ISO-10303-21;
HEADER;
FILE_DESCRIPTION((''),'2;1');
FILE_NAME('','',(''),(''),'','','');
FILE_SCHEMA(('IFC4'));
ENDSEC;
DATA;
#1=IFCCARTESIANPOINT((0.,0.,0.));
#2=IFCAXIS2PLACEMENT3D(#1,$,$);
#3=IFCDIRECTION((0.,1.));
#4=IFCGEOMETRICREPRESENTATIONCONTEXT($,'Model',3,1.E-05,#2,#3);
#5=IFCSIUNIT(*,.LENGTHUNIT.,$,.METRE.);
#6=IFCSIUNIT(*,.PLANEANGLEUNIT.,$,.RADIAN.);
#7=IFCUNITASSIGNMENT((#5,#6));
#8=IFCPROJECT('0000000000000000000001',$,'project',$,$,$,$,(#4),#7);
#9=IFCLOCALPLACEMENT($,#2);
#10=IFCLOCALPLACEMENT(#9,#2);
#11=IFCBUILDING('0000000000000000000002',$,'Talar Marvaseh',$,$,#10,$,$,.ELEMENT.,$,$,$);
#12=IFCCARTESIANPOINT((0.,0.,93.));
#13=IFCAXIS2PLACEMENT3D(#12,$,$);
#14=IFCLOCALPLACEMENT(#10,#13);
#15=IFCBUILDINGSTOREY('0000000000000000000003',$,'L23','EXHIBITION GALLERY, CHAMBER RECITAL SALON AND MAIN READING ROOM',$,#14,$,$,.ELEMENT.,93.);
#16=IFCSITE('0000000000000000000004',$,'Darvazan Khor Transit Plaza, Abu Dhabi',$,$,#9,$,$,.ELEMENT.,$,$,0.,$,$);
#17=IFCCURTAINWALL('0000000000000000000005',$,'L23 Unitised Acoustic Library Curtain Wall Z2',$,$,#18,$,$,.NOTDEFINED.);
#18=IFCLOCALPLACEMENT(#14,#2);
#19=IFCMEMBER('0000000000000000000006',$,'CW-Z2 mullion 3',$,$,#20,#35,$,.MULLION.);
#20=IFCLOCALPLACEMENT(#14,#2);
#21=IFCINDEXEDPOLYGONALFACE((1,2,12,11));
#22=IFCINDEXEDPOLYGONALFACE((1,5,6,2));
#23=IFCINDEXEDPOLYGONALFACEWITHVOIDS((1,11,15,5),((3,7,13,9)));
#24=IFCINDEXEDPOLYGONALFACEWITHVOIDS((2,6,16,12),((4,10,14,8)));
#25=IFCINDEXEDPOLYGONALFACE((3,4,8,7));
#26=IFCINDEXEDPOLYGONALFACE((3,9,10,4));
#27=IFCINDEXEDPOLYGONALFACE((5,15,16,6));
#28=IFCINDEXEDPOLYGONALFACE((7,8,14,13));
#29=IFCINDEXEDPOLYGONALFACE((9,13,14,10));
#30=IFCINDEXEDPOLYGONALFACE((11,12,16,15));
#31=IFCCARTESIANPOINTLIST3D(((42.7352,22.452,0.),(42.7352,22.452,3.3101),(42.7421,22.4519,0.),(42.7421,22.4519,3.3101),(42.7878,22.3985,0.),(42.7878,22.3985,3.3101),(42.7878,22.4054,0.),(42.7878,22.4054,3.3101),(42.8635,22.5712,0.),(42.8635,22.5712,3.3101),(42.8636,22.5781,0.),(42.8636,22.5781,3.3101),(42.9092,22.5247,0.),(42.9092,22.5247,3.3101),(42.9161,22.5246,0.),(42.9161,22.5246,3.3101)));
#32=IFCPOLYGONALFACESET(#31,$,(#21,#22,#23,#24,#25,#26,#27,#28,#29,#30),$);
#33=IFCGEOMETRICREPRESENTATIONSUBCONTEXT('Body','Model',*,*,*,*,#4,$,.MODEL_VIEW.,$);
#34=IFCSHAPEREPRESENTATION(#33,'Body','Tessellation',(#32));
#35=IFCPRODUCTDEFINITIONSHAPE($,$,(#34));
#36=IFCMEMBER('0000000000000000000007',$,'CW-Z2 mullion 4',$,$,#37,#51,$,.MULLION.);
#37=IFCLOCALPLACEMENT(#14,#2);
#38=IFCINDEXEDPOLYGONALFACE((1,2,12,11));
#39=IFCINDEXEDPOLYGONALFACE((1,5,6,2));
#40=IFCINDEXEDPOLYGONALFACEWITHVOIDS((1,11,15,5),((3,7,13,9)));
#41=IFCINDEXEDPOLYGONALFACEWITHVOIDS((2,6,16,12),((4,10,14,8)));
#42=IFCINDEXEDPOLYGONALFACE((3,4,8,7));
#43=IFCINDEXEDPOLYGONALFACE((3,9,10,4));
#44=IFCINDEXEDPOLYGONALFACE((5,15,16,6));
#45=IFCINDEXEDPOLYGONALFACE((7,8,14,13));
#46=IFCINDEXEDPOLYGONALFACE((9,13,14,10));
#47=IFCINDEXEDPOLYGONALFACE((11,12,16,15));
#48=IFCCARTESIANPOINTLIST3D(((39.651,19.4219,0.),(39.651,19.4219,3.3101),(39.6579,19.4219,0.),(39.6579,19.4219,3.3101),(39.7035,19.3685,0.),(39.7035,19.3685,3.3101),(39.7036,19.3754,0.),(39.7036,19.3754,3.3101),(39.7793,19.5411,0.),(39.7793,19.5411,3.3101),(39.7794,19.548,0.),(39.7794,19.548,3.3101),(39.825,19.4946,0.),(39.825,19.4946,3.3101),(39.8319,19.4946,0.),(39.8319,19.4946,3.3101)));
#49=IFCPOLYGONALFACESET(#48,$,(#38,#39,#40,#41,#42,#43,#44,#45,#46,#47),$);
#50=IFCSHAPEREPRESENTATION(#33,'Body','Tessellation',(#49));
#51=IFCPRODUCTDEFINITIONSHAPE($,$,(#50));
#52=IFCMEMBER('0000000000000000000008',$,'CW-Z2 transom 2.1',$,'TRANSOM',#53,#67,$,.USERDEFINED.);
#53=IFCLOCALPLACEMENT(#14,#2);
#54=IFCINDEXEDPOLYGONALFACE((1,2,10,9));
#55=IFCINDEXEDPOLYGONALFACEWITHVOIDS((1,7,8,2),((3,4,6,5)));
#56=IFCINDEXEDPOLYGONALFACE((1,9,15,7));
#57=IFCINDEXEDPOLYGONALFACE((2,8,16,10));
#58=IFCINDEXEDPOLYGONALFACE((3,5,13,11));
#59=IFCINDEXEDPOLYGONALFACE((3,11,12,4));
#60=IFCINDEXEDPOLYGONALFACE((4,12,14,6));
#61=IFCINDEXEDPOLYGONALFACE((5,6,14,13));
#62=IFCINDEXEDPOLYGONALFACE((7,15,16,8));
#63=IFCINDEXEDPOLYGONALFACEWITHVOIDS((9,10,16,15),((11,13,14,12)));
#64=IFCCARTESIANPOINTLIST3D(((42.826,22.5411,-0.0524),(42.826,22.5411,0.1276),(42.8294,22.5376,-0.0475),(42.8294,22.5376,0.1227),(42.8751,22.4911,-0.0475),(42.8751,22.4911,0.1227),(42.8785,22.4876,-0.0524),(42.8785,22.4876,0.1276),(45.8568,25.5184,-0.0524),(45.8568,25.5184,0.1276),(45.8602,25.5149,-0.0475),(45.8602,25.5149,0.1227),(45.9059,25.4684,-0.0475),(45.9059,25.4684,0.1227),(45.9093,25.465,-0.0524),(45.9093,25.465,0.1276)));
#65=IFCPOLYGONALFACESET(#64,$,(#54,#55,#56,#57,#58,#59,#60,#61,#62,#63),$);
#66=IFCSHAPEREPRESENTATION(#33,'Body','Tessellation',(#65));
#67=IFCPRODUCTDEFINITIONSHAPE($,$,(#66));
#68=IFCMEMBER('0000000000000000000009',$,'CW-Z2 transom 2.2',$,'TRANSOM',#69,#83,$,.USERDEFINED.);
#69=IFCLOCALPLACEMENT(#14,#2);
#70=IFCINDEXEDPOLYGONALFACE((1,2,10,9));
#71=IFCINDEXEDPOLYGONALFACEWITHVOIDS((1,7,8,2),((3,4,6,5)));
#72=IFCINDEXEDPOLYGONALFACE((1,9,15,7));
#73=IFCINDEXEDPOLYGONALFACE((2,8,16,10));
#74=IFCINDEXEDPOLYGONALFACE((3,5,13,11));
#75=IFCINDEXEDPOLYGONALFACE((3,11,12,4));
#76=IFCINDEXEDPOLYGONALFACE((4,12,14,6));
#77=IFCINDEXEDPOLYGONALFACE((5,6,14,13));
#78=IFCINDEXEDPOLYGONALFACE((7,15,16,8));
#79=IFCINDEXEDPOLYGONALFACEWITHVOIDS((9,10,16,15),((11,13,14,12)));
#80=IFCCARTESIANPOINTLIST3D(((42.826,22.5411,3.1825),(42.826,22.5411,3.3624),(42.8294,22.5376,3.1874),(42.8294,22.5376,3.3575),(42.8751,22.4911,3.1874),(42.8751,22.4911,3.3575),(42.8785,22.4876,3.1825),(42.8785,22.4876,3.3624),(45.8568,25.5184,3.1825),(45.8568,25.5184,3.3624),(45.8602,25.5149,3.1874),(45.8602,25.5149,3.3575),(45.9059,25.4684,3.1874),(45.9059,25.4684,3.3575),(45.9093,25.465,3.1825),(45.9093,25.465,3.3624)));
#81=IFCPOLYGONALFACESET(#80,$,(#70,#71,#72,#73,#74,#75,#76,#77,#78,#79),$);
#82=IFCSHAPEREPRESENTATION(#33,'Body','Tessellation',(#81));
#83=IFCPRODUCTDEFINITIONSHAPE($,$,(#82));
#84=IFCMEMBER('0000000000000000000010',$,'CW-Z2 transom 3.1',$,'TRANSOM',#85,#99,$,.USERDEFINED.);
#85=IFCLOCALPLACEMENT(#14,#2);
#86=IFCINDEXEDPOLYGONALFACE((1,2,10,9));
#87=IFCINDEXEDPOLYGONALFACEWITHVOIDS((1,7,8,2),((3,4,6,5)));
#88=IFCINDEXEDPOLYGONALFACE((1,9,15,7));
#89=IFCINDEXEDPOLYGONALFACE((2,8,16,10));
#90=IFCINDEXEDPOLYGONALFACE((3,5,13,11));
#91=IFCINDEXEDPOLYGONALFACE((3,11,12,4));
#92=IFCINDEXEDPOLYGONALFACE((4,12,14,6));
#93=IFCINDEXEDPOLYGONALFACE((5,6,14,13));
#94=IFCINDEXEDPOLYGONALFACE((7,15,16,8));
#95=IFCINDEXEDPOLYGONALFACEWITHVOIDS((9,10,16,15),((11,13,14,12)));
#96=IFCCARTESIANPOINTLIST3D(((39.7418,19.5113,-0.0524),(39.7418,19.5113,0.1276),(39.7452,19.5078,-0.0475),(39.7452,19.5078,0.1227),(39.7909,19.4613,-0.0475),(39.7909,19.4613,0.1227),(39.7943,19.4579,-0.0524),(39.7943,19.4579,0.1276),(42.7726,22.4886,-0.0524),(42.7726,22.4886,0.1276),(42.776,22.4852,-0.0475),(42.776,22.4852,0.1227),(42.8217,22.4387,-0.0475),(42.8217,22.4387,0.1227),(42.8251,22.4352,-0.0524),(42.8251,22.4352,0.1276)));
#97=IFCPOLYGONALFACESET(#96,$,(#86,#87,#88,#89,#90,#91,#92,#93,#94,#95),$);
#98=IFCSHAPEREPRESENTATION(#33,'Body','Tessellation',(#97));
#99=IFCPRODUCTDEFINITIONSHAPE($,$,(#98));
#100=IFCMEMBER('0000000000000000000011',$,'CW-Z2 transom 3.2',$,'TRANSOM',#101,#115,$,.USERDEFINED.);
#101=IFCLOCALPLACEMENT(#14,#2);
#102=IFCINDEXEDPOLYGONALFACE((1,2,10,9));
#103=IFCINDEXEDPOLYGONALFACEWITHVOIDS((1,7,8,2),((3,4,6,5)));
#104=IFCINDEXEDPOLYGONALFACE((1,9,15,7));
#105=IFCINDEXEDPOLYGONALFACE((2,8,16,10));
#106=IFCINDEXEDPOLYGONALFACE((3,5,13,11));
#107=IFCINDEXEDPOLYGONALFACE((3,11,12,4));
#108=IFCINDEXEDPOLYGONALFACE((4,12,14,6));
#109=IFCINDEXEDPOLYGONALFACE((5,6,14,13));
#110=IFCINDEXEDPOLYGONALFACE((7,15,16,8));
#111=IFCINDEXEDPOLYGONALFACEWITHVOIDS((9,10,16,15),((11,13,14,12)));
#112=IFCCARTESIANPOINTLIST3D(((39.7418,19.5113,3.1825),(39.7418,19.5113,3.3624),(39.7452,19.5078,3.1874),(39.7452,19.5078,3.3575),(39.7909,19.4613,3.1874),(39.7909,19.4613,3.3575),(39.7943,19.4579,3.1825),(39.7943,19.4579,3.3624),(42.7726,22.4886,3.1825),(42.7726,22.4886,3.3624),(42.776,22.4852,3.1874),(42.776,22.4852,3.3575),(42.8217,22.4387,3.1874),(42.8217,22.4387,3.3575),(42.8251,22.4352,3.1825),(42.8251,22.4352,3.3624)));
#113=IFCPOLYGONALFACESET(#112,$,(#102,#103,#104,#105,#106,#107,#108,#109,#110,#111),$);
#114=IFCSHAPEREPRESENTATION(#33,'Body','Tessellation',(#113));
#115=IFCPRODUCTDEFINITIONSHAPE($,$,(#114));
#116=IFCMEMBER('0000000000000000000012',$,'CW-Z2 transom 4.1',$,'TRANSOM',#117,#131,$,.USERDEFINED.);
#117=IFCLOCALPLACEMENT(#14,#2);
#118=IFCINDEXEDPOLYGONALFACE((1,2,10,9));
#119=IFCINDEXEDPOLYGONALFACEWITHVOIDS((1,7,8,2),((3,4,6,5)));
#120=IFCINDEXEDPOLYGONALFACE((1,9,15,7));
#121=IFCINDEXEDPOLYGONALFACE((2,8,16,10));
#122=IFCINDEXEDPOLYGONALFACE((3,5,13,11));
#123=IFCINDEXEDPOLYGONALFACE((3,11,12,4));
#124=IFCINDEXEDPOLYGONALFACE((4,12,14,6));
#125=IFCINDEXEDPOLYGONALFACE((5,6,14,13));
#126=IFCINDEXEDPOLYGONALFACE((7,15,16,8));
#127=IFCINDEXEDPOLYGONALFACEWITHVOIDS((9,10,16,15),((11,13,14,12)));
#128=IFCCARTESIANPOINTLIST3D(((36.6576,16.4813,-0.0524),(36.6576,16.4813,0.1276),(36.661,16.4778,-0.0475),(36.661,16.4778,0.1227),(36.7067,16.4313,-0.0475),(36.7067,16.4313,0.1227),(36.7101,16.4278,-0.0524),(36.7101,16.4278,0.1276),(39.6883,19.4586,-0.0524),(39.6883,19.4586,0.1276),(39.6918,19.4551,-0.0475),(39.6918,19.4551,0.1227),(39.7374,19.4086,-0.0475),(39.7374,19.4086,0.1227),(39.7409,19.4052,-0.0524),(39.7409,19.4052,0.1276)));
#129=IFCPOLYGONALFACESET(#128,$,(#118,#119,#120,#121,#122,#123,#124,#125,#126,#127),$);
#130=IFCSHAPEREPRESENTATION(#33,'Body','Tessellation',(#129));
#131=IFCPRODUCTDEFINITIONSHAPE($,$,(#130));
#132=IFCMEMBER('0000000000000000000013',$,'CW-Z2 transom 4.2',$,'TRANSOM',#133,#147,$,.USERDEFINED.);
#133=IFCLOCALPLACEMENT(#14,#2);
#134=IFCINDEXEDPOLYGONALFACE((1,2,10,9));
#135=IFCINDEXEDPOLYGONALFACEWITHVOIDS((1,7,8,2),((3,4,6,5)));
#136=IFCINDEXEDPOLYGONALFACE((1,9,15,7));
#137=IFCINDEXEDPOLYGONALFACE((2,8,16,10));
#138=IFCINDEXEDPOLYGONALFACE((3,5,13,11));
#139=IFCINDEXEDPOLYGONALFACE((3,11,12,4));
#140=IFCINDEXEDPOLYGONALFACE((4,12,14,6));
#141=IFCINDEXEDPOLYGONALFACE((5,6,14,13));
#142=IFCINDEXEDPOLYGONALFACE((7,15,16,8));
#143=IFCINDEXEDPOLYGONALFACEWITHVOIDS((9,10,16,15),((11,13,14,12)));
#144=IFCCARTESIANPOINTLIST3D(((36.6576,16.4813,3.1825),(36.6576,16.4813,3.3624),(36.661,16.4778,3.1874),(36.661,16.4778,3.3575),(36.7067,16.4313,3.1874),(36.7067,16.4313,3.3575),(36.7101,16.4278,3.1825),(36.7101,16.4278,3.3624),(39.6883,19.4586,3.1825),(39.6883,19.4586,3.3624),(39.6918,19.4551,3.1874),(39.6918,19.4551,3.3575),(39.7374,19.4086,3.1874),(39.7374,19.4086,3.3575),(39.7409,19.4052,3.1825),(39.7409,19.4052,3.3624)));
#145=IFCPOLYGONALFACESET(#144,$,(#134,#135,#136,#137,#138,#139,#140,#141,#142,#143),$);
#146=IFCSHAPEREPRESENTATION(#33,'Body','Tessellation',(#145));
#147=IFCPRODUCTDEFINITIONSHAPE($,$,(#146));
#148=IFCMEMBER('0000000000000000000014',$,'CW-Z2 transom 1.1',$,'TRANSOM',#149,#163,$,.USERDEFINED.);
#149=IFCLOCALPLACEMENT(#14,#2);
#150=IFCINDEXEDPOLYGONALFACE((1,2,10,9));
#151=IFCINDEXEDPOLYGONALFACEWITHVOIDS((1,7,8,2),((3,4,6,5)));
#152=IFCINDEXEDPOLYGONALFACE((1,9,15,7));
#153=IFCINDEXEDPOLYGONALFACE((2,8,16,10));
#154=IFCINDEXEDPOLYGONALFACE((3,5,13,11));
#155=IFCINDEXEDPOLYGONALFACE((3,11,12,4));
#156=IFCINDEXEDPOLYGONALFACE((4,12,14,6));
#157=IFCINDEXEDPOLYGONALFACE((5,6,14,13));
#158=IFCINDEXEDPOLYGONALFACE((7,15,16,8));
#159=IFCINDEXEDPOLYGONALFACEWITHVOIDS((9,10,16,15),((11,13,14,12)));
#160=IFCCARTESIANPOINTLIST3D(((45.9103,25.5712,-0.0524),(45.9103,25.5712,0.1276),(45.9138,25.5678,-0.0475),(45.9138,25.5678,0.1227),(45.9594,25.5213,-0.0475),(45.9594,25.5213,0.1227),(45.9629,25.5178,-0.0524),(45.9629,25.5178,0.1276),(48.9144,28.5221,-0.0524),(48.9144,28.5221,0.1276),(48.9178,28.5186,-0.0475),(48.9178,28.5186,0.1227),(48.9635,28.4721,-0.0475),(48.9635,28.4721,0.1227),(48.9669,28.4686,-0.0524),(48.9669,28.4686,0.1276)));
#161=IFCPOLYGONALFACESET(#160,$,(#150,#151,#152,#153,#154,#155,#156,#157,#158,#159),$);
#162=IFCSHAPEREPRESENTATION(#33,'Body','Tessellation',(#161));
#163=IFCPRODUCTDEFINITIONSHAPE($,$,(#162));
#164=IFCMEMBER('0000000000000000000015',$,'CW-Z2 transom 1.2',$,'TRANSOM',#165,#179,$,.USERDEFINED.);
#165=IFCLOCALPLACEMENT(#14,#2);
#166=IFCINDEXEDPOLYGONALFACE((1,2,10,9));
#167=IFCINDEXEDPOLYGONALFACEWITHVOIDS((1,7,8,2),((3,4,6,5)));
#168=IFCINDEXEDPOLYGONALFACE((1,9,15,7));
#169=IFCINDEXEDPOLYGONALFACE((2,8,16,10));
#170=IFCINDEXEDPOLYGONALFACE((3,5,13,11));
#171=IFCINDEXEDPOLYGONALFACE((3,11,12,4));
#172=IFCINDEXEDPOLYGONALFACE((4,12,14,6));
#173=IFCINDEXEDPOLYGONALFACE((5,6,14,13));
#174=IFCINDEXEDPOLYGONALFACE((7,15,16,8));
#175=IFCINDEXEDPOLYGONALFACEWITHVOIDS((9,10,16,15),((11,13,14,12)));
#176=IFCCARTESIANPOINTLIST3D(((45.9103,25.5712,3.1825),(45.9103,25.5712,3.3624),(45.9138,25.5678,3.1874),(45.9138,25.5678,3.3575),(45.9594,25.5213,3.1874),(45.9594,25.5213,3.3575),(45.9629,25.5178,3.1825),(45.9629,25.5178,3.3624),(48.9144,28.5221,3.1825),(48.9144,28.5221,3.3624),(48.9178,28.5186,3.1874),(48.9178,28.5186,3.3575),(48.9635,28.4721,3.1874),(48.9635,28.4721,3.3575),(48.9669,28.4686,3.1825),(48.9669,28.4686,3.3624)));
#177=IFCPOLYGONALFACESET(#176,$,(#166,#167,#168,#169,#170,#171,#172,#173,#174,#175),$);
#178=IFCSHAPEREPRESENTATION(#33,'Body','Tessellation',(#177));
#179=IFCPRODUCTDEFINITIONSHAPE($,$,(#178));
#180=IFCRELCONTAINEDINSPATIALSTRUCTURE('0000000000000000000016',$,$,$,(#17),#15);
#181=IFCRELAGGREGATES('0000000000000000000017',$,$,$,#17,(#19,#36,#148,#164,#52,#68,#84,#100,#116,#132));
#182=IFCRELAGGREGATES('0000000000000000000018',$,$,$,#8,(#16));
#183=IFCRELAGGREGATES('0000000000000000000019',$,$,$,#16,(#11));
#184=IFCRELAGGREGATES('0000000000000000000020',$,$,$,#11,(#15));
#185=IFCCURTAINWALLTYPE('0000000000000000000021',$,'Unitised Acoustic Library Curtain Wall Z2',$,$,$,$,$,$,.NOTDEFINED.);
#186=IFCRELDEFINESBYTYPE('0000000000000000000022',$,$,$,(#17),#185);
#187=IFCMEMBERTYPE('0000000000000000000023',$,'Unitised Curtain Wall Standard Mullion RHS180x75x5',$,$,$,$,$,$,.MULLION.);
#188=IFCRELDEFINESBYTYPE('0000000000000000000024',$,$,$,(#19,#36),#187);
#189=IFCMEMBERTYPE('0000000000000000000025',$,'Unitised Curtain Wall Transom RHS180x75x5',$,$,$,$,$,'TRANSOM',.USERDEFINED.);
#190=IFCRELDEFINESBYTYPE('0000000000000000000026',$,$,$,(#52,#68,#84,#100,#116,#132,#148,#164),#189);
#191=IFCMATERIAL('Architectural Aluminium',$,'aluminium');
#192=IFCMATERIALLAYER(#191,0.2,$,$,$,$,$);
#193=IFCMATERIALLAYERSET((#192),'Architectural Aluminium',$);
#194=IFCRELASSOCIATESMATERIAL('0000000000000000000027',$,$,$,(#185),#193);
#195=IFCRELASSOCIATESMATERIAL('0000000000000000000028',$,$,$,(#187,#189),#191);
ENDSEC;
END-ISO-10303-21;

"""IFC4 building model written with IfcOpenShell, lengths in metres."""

from ifc_helpers import new_model, si_unit, direction, frame, origin, origin_2d, place, context, subcontext, project, spatial, hollow_rectangle, extrude, source, transform, mapped, material, layer, layer_set, material_profile, profile_set, type_object, type_shapes, element, aggregate, save


model = new_model("IFC4")

# Units and contexts
model_context = context("Model", 3, precision=1e-05, world=origin(), true_north=direction((0.0, 1.0)))
body_context = subcontext(model_context, "Body", "Model", "MODEL_VIEW")
ifc_project = project(units=[si_unit("LENGTHUNIT", "METRE"), si_unit("PLANEANGLEUNIT", "RADIAN")], contexts=[model_context])

# Site, building, storey
site_placement = place(None, origin())
site = spatial("IfcSite", under=ifc_project, at=site_placement, Name="Darvazan Khor Transit Plaza, Abu Dhabi", CompositionType="ELEMENT", RefElevation=0.0)
building_placement = place(site_placement, origin())
building = spatial("IfcBuilding", under=site, at=building_placement, Name="Talar Marvaseh", CompositionType="ELEMENT")
storey_placement = place(building_placement, frame((0.0, 0.0, 93.0)))
storey = spatial("IfcBuildingStorey", under=building, at=storey_placement, Name="L23", Description="EXHIBITION GALLERY, CHAMBER RECITAL SALON AND MAIN READING ROOM", CompositionType="ELEMENT", Elevation=93.0)

# Curtain wall, members
ifc_material_1 = material(Name="Architectural Aluminium", Category="aluminium")
ifc_layer_1 = layer(ifc_material_1, 0.2)
ifc_layer_set_1 = layer_set([ifc_layer_1], Name="Architectural Aluminium")
curtain_wall_type = type_object("IfcCurtainWallType", Name="Unitised Acoustic Library Curtain Wall Z2", PredefinedType="NOTDEFINED", material=ifc_layer_set_1)
curtain_wall_placement = place(storey_placement, origin())
curtain_wall = element("IfcCurtainWall", 1, at=curtain_wall_placement, inside=storey, type_object=curtain_wall_type, Name="L23 Unitised Acoustic Library Curtain Wall Z2", PredefinedType="NOTDEFINED")
ifc_material_profile_1 = material_profile(ifc_material_1, hollow_rectangle(XDim=0.075, YDim=0.1799, WallThickness=0.0049, at=origin_2d()), Name="RHS180x75x5")
ifc_profile_set_1 = profile_set([ifc_material_profile_1], Name="Architectural Aluminium")
member_type_1 = type_object("IfcMemberType", Name="Unitised Curtain Wall Standard Mullion RHS180x75x5", PredefinedType="MULLION", material=ifc_profile_set_1)
shared_shape_1 = source(origin(), body_context, "Body", "SweptSolid", [
    extrude(hollow_rectangle(XDim=0.075, YDim=0.1799, WallThickness=0.0049, at=origin_2d()), origin(), (0.0, 0.0, 1.0), 3.3101),
])
type_shapes(member_type_1, [shared_shape_1])
member_1_placement = place(storey_placement, frame((42.8257, 22.4883, 0.0), z_axis=(0.0, 0.0, 1.0), x_axis=(0.700797, -0.713361, 0.0)))
member_1 = element("IfcMember", 2, at=member_1_placement, type_object=member_type_1, Name="CW-Z2 mullion 3", PredefinedType="MULLION", context=body_context, shape_type="MappedRepresentation", body=[
    mapped(shared_shape_1, transform((0.0, 0.0, 0.0), x_axis=(1.0, 0.0, 0.0), y_axis=(0.0, 1.0, 0.0), z_axis=(0.0, 0.0, 1.0), scale=1.0)),
])
member_2_placement = place(storey_placement, frame((39.7415, 19.4583, 0.0), z_axis=(0.0, 0.0, 1.0), x_axis=(0.700797, -0.713361, 0.0)))
member_2 = element("IfcMember", 3, at=member_2_placement, type_object=member_type_1, Name="CW-Z2 mullion 4", PredefinedType="MULLION", context=body_context, shape_type="MappedRepresentation", body=[
    mapped(shared_shape_1, transform((0.0, 0.0, 0.0), x_axis=(1.0, 0.0, 0.0), y_axis=(0.0, 1.0, 0.0), z_axis=(0.0, 0.0, 1.0), scale=1.0)),
])
ifc_material_profile_2 = material_profile(ifc_material_1, hollow_rectangle(XDim=0.075, YDim=0.1799, WallThickness=0.0049, at=origin_2d()), Name="RHS180x75x5")
ifc_profile_set_2 = profile_set([ifc_material_profile_2], Name="Architectural Aluminium")
member_type_2 = type_object("IfcMemberType", Name="Unitised Curtain Wall Transom RHS180x75x5", ElementType="TRANSOM", PredefinedType="USERDEFINED", material=ifc_profile_set_2)
shared_shape_2 = source(origin(), body_context, "Body", "SweptSolid", [
    extrude(hollow_rectangle(XDim=0.075, YDim=0.1799, WallThickness=0.0049, at=origin_2d()), origin(), (0.0, 0.0, 1.0), 4.2485),
])
member_3_placement = place(storey_placement, frame((45.8831, 25.4917, 0.0376), z_axis=(-0.713371, -0.700786, 0.0), x_axis=(0.700786, -0.713371, 0.0)))
member_3 = element("IfcMember", 4, at=member_3_placement, type_object=member_type_2, Name="CW-Z2 transom 2.1", ObjectType="TRANSOM", PredefinedType="USERDEFINED", context=body_context, shape_type="MappedRepresentation", body=[
    mapped(shared_shape_2, transform((0.0, 0.0, 0.0), x_axis=(1.0, 0.0, 0.0), y_axis=(0.0, 1.0, 0.0), z_axis=(0.0, 0.0, 1.0), scale=1.0)),
])
member_4_placement = place(storey_placement, frame((45.8831, 25.4917, 3.2725), z_axis=(-0.713371, -0.700786, 0.0), x_axis=(0.700786, -0.713371, 0.0)))
member_4 = element("IfcMember", 5, at=member_4_placement, type_object=member_type_2, Name="CW-Z2 transom 2.2", ObjectType="TRANSOM", PredefinedType="USERDEFINED", context=body_context, shape_type="MappedRepresentation", body=[
    mapped(shared_shape_2, transform((0.0, 0.0, 0.0), x_axis=(1.0, 0.0, 0.0), y_axis=(0.0, 1.0, 0.0), z_axis=(0.0, 0.0, 1.0), scale=1.0)),
])
member_5_placement = place(storey_placement, frame((42.7988, 22.4619, 0.0376), z_axis=(-0.713371, -0.700786, 0.0), x_axis=(0.700786, -0.713371, 0.0)))
member_5 = element("IfcMember", 6, at=member_5_placement, type_object=member_type_2, Name="CW-Z2 transom 3.1", ObjectType="TRANSOM", PredefinedType="USERDEFINED", context=body_context, shape_type="MappedRepresentation", body=[
    mapped(shared_shape_2, transform((0.0, 0.0, 0.0), x_axis=(1.0, 0.0, 0.0), y_axis=(0.0, 1.0, 0.0), z_axis=(0.0, 0.0, 1.0), scale=1.0)),
])
member_6_placement = place(storey_placement, frame((42.7988, 22.4619, 3.2725), z_axis=(-0.713371, -0.700786, 0.0), x_axis=(0.700786, -0.713371, 0.0)))
member_6 = element("IfcMember", 7, at=member_6_placement, type_object=member_type_2, Name="CW-Z2 transom 3.2", ObjectType="TRANSOM", PredefinedType="USERDEFINED", context=body_context, shape_type="MappedRepresentation", body=[
    mapped(shared_shape_2, transform((0.0, 0.0, 0.0), x_axis=(1.0, 0.0, 0.0), y_axis=(0.0, 1.0, 0.0), z_axis=(0.0, 0.0, 1.0), scale=1.0)),
])
member_7_placement = place(storey_placement, frame((39.7146, 19.4319, 0.0376), z_axis=(-0.713371, -0.700786, 0.0), x_axis=(0.700786, -0.713371, 0.0)))
member_7 = element("IfcMember", 8, at=member_7_placement, type_object=member_type_2, Name="CW-Z2 transom 4.1", ObjectType="TRANSOM", PredefinedType="USERDEFINED", context=body_context, shape_type="MappedRepresentation", body=[
    mapped(shared_shape_2, transform((0.0, 0.0, 0.0), x_axis=(1.0, 0.0, 0.0), y_axis=(0.0, 1.0, 0.0), z_axis=(0.0, 0.0, 1.0), scale=1.0)),
])
member_8_placement = place(storey_placement, frame((39.7146, 19.4319, 3.2725), z_axis=(-0.713371, -0.700786, 0.0), x_axis=(0.700786, -0.713371, 0.0)))
member_8 = element("IfcMember", 9, at=member_8_placement, type_object=member_type_2, Name="CW-Z2 transom 4.2", ObjectType="TRANSOM", PredefinedType="USERDEFINED", context=body_context, shape_type="MappedRepresentation", body=[
    mapped(shared_shape_2, transform((0.0, 0.0, 0.0), x_axis=(1.0, 0.0, 0.0), y_axis=(0.0, 1.0, 0.0), z_axis=(0.0, 0.0, 1.0), scale=1.0)),
])
shared_shape_3 = source(origin(), body_context, "Body", "SweptSolid", [
    extrude(hollow_rectangle(XDim=0.075, YDim=0.1799, WallThickness=0.0049, at=origin_2d()), origin(), (0.0, 0.0, 1.0), 4.2109),
])
type_shapes(member_type_2, [shared_shape_2, shared_shape_3])
member_9_placement = place(storey_placement, frame((48.9407, 28.4954, 0.0376), z_axis=(-0.713398, -0.700759, 0.0), x_axis=(0.700759, -0.713398, 0.0)))
member_9 = element("IfcMember", 10, at=member_9_placement, type_object=member_type_2, Name="CW-Z2 transom 1.1", ObjectType="TRANSOM", PredefinedType="USERDEFINED", context=body_context, shape_type="MappedRepresentation", body=[
    mapped(shared_shape_3, transform((0.0, 0.0, 0.0), x_axis=(1.0, 0.0, 0.0), y_axis=(0.0, 1.0, 0.0), z_axis=(0.0, 0.0, 1.0), scale=1.0)),
])
member_10_placement = place(storey_placement, frame((48.9407, 28.4954, 3.2725), z_axis=(-0.713398, -0.700759, 0.0), x_axis=(0.700759, -0.713398, 0.0)))
member_10 = element("IfcMember", 11, at=member_10_placement, type_object=member_type_2, Name="CW-Z2 transom 1.2", ObjectType="TRANSOM", PredefinedType="USERDEFINED", context=body_context, shape_type="MappedRepresentation", body=[
    mapped(shared_shape_3, transform((0.0, 0.0, 0.0), x_axis=(1.0, 0.0, 0.0), y_axis=(0.0, 1.0, 0.0), z_axis=(0.0, 0.0, 1.0), scale=1.0)),
])
aggregate(curtain_wall, [member_1, member_2, member_9, member_10, member_3, member_4, member_5, member_6, member_7, member_8])

save(model, "model.ifc")
